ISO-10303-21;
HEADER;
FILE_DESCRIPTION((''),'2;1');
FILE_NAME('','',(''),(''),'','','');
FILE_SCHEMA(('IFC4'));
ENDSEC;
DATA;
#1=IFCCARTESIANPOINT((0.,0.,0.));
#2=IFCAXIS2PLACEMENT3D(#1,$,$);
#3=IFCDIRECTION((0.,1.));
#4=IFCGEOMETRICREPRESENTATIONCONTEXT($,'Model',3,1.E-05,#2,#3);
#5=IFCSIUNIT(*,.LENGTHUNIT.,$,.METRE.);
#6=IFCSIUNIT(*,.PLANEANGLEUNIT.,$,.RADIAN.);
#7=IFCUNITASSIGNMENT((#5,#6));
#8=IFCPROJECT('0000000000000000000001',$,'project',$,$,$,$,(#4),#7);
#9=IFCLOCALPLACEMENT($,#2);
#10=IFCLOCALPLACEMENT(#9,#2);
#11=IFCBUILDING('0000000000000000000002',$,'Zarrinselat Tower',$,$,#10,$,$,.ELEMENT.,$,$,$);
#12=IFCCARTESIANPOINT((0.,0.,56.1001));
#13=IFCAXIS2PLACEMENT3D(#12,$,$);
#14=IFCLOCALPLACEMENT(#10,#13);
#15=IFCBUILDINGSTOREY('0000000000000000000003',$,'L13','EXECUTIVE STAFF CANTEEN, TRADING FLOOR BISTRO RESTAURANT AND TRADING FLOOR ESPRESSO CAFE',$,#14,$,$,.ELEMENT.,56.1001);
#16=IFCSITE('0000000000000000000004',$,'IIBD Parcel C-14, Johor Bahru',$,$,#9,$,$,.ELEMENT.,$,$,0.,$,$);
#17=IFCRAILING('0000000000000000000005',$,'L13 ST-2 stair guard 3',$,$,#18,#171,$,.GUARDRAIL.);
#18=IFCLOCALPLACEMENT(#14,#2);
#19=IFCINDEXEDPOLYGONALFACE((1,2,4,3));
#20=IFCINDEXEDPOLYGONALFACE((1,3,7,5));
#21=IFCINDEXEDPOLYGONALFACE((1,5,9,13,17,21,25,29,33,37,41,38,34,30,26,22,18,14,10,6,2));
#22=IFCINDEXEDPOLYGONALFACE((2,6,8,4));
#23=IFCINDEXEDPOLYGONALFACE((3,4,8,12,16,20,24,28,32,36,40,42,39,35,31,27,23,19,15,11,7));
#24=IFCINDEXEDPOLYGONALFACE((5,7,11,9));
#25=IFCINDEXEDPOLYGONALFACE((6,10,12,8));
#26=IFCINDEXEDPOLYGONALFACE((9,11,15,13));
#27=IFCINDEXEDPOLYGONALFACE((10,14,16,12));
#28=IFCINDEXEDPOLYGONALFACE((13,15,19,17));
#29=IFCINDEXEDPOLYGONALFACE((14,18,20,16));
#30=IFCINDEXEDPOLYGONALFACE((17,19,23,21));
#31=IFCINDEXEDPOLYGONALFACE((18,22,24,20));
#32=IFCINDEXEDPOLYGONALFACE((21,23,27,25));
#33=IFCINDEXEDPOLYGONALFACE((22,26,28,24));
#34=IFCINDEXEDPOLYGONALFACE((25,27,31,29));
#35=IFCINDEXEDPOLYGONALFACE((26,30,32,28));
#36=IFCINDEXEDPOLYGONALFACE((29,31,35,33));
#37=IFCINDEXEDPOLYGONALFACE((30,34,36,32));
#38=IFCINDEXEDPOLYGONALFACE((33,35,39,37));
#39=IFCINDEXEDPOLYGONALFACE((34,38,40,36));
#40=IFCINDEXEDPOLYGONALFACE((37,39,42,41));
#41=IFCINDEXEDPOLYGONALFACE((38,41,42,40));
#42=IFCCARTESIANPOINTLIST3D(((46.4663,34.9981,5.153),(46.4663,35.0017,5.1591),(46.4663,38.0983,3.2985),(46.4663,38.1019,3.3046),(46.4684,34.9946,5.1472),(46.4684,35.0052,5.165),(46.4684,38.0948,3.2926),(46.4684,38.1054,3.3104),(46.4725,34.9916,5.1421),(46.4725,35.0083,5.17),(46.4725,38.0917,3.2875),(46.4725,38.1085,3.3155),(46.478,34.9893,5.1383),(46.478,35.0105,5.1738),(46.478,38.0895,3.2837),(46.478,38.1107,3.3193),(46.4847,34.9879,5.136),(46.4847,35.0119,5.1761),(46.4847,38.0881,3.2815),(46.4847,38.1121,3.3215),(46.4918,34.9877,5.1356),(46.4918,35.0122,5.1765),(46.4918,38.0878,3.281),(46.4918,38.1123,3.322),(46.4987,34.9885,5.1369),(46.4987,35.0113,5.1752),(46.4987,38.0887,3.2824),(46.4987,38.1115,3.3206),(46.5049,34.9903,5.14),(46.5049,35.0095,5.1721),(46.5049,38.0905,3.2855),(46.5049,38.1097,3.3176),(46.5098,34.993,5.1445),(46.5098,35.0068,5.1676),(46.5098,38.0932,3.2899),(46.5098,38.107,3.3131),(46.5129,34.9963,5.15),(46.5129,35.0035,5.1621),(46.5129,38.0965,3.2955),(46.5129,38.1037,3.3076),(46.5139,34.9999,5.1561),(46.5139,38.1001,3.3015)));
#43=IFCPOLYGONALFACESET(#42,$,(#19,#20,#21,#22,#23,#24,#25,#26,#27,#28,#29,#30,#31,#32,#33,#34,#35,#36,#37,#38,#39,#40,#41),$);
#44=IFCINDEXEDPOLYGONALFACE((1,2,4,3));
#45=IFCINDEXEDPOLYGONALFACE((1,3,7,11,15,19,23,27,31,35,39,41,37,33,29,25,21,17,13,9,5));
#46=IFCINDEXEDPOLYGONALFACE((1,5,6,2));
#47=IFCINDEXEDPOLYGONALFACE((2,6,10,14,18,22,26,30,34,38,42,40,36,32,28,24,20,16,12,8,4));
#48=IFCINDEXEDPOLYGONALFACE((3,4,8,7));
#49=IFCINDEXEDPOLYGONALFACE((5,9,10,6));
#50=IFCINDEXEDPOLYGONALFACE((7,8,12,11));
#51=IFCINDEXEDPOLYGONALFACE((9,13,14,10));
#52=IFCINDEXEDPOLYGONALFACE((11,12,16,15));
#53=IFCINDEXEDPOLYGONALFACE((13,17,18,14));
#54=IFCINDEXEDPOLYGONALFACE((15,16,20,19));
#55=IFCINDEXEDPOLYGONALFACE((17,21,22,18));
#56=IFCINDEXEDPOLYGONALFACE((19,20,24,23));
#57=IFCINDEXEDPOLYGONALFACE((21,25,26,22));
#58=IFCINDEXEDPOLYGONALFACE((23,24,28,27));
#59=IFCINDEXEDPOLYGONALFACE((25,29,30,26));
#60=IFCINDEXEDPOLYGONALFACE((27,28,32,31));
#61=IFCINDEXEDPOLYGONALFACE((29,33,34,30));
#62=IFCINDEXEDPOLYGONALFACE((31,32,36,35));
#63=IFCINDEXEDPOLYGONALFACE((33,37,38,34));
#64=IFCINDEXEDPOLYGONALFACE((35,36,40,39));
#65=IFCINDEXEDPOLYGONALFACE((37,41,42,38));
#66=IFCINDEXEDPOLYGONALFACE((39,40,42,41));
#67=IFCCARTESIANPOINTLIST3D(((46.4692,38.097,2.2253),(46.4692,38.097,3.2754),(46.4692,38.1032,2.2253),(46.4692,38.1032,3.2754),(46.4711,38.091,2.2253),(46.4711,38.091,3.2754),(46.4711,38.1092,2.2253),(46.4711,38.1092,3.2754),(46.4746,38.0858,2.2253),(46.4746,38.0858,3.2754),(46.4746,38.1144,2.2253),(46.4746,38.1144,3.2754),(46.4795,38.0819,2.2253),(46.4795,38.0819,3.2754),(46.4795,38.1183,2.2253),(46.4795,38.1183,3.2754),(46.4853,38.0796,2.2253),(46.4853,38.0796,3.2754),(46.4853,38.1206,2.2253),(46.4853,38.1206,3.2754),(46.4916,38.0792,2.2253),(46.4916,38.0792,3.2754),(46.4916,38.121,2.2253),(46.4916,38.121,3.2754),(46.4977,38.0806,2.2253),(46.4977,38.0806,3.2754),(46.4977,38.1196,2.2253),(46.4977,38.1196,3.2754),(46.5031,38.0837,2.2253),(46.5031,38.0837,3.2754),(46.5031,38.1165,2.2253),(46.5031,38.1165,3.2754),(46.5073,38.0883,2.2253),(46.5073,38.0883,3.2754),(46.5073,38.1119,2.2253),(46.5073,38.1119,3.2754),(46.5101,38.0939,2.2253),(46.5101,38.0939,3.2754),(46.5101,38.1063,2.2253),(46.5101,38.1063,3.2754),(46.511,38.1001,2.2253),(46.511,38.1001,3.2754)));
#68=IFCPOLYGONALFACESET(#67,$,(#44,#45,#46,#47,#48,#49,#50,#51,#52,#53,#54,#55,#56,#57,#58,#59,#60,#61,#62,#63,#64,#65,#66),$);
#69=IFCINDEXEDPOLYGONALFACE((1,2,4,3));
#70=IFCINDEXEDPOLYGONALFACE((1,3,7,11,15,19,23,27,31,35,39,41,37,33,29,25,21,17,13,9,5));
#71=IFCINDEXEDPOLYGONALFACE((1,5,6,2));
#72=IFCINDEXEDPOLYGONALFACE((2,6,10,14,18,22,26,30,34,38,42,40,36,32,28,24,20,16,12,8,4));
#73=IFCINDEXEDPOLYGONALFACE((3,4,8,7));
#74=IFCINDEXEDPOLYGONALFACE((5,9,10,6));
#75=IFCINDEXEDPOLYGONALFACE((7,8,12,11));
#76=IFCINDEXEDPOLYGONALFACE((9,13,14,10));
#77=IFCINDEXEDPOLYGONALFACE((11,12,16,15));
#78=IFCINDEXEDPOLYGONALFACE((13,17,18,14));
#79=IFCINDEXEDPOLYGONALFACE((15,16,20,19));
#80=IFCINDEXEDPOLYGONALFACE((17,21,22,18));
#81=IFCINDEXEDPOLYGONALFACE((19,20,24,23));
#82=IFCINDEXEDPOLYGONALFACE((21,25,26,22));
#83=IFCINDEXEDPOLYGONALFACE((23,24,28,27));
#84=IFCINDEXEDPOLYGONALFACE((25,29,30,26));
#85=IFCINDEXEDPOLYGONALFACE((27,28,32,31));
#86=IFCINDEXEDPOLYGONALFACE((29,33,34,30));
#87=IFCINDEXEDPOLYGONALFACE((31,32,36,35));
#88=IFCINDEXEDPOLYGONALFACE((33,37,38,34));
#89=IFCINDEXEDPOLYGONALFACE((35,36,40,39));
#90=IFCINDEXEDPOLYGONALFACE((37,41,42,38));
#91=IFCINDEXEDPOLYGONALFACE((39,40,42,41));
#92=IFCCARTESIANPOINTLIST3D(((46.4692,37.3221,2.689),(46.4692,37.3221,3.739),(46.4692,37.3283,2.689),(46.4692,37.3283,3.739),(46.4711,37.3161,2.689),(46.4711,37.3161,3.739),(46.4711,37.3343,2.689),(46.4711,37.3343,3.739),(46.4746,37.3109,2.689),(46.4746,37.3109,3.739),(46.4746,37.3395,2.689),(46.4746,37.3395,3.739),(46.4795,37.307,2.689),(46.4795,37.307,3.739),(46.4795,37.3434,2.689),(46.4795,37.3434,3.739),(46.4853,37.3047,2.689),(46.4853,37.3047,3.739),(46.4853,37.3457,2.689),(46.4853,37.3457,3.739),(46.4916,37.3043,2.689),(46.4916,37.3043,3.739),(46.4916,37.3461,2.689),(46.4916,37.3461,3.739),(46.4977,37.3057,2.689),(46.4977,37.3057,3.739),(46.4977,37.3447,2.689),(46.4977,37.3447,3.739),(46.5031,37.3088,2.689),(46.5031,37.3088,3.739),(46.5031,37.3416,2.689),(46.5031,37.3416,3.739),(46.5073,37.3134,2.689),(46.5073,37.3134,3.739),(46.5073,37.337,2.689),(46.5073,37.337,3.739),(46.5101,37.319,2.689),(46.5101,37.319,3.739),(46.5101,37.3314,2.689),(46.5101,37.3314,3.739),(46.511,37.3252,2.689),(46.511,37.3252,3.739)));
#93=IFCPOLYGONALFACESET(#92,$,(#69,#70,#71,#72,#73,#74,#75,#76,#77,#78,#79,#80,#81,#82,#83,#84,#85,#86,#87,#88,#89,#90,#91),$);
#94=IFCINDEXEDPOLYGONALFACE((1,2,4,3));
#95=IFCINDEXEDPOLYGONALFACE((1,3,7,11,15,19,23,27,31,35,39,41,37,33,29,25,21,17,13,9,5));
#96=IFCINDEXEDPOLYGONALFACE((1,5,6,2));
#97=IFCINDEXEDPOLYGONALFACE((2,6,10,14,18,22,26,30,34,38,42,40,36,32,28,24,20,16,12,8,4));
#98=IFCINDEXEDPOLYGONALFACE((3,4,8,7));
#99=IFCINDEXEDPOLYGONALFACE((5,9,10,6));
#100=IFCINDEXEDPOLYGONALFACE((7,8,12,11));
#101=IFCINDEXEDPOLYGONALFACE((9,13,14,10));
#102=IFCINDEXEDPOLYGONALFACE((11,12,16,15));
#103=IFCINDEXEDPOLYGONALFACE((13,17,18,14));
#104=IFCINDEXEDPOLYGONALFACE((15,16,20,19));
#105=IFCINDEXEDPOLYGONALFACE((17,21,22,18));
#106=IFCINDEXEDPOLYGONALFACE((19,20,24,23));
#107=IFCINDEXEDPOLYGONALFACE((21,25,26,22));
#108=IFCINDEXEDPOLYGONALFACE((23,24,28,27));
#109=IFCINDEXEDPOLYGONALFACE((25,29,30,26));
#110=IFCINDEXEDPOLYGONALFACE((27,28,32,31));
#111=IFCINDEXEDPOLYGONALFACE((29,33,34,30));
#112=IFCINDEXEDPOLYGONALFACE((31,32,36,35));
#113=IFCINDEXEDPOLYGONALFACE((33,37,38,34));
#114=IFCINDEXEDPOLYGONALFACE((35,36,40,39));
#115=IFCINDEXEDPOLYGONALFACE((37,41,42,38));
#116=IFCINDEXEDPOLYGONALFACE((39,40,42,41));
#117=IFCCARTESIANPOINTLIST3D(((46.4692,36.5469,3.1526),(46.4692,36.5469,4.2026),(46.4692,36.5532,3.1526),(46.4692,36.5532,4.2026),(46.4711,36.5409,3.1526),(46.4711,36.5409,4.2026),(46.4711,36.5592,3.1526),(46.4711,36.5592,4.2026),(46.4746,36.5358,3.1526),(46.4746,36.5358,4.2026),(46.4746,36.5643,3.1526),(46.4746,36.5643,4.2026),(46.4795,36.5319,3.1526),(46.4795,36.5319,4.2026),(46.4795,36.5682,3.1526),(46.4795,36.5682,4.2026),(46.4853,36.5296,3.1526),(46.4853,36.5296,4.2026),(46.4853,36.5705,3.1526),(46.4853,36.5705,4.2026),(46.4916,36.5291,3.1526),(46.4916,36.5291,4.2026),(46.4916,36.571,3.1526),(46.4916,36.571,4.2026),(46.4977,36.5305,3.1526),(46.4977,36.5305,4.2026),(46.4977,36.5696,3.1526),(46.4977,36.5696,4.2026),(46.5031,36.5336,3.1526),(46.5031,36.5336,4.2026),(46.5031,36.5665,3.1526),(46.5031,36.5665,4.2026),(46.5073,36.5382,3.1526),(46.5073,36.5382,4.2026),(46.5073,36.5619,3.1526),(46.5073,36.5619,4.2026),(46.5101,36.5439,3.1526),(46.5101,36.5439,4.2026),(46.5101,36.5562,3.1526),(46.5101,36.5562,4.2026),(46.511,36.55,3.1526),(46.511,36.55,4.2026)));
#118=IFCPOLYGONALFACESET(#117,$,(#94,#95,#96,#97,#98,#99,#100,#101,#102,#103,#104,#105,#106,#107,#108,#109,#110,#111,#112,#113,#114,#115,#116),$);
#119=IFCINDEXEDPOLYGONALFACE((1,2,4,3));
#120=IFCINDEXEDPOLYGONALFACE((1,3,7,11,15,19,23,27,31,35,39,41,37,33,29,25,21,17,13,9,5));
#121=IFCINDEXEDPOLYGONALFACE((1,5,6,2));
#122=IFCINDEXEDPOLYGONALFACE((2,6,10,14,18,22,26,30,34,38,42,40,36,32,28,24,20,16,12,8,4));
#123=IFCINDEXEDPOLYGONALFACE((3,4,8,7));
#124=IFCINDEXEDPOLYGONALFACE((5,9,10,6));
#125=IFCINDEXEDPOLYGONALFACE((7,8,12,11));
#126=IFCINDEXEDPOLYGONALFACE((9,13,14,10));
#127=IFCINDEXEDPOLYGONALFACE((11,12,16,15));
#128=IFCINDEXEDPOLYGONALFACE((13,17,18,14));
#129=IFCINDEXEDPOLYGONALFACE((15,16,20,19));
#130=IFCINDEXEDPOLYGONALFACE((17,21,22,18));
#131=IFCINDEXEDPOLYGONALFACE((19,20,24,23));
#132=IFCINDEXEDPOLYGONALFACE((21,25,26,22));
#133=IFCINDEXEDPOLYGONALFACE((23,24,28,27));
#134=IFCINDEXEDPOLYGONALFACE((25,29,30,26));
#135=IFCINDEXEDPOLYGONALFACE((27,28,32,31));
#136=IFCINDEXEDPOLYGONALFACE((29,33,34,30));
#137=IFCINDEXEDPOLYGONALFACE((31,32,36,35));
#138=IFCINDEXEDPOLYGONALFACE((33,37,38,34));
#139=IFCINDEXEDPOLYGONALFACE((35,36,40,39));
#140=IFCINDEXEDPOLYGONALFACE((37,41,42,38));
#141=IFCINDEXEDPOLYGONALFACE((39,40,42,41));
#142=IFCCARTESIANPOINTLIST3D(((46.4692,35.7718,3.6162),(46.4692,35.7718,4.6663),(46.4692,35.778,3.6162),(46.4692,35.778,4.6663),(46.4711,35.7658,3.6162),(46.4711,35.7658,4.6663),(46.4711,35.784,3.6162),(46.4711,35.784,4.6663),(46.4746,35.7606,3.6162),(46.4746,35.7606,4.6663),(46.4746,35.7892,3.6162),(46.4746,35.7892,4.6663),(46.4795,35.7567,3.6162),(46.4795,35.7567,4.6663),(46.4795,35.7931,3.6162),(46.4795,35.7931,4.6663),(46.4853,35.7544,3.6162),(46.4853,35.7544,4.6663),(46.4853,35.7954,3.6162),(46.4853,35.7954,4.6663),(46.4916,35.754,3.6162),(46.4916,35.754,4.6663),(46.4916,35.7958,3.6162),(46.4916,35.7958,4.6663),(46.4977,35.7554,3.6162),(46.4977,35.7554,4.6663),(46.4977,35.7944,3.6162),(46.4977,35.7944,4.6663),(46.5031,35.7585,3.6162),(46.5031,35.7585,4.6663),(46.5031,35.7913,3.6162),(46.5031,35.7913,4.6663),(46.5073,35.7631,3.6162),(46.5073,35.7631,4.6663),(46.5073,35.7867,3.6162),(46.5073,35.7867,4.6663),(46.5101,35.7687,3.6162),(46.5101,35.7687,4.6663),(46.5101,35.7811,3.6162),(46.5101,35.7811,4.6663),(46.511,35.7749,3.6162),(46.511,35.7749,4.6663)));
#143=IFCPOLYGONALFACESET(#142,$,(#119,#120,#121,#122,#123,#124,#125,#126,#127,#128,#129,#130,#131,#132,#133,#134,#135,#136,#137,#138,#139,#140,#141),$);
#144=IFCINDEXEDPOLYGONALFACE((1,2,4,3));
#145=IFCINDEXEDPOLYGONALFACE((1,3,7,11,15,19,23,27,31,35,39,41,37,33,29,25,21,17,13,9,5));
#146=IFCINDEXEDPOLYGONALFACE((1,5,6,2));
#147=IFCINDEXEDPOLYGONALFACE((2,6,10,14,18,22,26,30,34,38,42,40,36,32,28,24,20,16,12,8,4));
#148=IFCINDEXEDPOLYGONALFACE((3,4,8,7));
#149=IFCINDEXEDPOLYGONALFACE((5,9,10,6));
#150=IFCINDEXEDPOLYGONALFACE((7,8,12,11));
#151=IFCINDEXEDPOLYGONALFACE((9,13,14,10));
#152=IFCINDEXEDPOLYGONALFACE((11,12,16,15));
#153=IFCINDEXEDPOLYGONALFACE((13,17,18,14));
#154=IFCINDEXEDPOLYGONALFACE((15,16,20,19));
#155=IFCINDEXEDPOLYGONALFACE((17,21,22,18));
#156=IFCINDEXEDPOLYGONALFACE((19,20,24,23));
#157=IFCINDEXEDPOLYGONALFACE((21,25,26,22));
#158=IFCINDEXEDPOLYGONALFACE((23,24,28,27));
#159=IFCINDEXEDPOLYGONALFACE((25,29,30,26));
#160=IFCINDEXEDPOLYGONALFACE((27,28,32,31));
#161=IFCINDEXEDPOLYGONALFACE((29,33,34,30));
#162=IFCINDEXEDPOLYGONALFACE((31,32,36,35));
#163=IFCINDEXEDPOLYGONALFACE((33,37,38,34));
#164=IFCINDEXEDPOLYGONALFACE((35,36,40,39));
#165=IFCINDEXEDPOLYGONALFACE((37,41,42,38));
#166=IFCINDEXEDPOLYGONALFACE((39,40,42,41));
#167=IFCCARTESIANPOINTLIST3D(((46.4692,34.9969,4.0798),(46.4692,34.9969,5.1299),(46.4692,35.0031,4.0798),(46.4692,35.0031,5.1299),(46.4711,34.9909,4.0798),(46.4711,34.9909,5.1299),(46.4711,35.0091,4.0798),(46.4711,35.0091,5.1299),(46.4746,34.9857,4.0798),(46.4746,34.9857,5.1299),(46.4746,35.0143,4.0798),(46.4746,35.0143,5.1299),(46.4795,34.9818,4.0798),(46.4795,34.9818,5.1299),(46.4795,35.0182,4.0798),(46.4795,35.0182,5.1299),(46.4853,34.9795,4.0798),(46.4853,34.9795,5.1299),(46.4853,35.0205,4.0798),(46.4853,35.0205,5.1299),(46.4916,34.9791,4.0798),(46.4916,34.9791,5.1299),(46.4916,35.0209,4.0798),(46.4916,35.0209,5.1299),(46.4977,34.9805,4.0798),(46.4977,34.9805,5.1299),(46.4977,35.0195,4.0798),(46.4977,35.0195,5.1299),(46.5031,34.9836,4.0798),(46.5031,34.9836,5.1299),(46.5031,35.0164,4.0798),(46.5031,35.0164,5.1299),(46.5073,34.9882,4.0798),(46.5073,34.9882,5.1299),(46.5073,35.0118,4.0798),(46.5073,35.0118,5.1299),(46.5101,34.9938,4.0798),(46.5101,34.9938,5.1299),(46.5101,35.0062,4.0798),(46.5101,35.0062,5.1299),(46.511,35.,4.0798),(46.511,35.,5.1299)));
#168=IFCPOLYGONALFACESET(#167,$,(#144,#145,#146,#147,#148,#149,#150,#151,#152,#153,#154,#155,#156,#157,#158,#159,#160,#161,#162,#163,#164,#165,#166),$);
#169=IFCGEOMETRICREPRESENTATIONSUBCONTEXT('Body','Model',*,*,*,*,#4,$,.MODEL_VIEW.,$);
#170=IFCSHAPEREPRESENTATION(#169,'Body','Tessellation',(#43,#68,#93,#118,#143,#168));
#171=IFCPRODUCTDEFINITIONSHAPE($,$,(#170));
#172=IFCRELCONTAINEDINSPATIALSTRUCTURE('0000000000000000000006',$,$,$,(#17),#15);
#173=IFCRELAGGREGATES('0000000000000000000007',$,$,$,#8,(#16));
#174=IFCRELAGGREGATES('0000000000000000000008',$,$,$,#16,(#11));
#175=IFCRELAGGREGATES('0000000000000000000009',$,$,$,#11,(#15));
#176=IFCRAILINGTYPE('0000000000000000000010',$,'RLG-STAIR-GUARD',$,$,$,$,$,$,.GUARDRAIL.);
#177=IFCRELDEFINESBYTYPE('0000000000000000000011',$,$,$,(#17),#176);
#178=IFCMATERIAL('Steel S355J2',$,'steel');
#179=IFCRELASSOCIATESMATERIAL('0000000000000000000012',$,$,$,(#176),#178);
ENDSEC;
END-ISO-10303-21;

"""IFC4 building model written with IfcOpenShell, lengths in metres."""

from ifc_helpers import new_model, si_unit, direction, frame, origin, origin_2d, place, context, subcontext, project, spatial, circle, extrude, material, type_object, element, save


model = new_model("IFC4")

# Units and contexts
model_context = context("Model", 3, precision=1e-05, world=origin(), true_north=direction((0.0, 1.0)))
body_context = subcontext(model_context, "Body", "Model", "MODEL_VIEW")
ifc_project = project(units=[si_unit("LENGTHUNIT", "METRE"), si_unit("PLANEANGLEUNIT", "RADIAN")], contexts=[model_context])

# Site, building, storey
site_placement = place(None, origin())
site = spatial("IfcSite", under=ifc_project, at=site_placement, Name="IIBD Parcel C-14, Johor Bahru", CompositionType="ELEMENT", RefElevation=0.0)
building_placement = place(site_placement, origin())
building = spatial("IfcBuilding", under=site, at=building_placement, Name="Zarrinselat Tower", CompositionType="ELEMENT")
storey_placement = place(building_placement, frame((0.0, 0.0, 56.1001)))
storey = spatial("IfcBuildingStorey", under=building, at=storey_placement, Name="L13", Description="EXECUTIVE STAFF CANTEEN, TRADING FLOOR BISTRO RESTAURANT AND TRADING FLOOR ESPRESSO CAFE", CompositionType="ELEMENT", Elevation=56.1001)

# Railing
ifc_material_1 = material(Name="Steel S355J2", Category="steel")
railing_type_1 = type_object("IfcRailingType", Name="RLG-STAIR-GUARD", PredefinedType="GUARDRAIL", material=ifc_material_1)
railing_1_placement = place(storey_placement, frame((46.49, 38.1001, 2.2253)))
element("IfcRailing", 1, at=railing_1_placement, inside=storey, type_object=railing_type_1, Name="L13 ST-2 stair guard 3", PredefinedType="GUARDRAIL", context=body_context, shape_type="SweptSolid", body=[
    extrude(circle(Radius=0.0239, at=origin_2d()), frame((0.0, 0.0, 1.0762), z_axis=(0.0, -0.858172, 0.513362), x_axis=(1.0, 0.0, 0.0)), (0.0, 0.0, 1.0), 3.6125),
    extrude(circle(Radius=0.021, at=origin_2d()), origin(), (0.0, 0.0, 1.0), 1.05),
    extrude(circle(Radius=0.021, at=origin_2d()), frame((0.0, -0.7749, 0.4636)), (0.0, 0.0, 1.0), 1.05),
    extrude(circle(Radius=0.021, at=origin_2d()), frame((0.0, -1.55, 0.9272)), (0.0, 0.0, 1.0), 1.05),
    extrude(circle(Radius=0.021, at=origin_2d()), frame((0.0, -2.3252, 1.3909)), (0.0, 0.0, 1.0), 1.05),
    extrude(circle(Radius=0.021, at=origin_2d()), frame((0.0, -3.1001, 1.8545)), (0.0, 0.0, 1.0), 1.05),
])

save(model, "model.ifc")
